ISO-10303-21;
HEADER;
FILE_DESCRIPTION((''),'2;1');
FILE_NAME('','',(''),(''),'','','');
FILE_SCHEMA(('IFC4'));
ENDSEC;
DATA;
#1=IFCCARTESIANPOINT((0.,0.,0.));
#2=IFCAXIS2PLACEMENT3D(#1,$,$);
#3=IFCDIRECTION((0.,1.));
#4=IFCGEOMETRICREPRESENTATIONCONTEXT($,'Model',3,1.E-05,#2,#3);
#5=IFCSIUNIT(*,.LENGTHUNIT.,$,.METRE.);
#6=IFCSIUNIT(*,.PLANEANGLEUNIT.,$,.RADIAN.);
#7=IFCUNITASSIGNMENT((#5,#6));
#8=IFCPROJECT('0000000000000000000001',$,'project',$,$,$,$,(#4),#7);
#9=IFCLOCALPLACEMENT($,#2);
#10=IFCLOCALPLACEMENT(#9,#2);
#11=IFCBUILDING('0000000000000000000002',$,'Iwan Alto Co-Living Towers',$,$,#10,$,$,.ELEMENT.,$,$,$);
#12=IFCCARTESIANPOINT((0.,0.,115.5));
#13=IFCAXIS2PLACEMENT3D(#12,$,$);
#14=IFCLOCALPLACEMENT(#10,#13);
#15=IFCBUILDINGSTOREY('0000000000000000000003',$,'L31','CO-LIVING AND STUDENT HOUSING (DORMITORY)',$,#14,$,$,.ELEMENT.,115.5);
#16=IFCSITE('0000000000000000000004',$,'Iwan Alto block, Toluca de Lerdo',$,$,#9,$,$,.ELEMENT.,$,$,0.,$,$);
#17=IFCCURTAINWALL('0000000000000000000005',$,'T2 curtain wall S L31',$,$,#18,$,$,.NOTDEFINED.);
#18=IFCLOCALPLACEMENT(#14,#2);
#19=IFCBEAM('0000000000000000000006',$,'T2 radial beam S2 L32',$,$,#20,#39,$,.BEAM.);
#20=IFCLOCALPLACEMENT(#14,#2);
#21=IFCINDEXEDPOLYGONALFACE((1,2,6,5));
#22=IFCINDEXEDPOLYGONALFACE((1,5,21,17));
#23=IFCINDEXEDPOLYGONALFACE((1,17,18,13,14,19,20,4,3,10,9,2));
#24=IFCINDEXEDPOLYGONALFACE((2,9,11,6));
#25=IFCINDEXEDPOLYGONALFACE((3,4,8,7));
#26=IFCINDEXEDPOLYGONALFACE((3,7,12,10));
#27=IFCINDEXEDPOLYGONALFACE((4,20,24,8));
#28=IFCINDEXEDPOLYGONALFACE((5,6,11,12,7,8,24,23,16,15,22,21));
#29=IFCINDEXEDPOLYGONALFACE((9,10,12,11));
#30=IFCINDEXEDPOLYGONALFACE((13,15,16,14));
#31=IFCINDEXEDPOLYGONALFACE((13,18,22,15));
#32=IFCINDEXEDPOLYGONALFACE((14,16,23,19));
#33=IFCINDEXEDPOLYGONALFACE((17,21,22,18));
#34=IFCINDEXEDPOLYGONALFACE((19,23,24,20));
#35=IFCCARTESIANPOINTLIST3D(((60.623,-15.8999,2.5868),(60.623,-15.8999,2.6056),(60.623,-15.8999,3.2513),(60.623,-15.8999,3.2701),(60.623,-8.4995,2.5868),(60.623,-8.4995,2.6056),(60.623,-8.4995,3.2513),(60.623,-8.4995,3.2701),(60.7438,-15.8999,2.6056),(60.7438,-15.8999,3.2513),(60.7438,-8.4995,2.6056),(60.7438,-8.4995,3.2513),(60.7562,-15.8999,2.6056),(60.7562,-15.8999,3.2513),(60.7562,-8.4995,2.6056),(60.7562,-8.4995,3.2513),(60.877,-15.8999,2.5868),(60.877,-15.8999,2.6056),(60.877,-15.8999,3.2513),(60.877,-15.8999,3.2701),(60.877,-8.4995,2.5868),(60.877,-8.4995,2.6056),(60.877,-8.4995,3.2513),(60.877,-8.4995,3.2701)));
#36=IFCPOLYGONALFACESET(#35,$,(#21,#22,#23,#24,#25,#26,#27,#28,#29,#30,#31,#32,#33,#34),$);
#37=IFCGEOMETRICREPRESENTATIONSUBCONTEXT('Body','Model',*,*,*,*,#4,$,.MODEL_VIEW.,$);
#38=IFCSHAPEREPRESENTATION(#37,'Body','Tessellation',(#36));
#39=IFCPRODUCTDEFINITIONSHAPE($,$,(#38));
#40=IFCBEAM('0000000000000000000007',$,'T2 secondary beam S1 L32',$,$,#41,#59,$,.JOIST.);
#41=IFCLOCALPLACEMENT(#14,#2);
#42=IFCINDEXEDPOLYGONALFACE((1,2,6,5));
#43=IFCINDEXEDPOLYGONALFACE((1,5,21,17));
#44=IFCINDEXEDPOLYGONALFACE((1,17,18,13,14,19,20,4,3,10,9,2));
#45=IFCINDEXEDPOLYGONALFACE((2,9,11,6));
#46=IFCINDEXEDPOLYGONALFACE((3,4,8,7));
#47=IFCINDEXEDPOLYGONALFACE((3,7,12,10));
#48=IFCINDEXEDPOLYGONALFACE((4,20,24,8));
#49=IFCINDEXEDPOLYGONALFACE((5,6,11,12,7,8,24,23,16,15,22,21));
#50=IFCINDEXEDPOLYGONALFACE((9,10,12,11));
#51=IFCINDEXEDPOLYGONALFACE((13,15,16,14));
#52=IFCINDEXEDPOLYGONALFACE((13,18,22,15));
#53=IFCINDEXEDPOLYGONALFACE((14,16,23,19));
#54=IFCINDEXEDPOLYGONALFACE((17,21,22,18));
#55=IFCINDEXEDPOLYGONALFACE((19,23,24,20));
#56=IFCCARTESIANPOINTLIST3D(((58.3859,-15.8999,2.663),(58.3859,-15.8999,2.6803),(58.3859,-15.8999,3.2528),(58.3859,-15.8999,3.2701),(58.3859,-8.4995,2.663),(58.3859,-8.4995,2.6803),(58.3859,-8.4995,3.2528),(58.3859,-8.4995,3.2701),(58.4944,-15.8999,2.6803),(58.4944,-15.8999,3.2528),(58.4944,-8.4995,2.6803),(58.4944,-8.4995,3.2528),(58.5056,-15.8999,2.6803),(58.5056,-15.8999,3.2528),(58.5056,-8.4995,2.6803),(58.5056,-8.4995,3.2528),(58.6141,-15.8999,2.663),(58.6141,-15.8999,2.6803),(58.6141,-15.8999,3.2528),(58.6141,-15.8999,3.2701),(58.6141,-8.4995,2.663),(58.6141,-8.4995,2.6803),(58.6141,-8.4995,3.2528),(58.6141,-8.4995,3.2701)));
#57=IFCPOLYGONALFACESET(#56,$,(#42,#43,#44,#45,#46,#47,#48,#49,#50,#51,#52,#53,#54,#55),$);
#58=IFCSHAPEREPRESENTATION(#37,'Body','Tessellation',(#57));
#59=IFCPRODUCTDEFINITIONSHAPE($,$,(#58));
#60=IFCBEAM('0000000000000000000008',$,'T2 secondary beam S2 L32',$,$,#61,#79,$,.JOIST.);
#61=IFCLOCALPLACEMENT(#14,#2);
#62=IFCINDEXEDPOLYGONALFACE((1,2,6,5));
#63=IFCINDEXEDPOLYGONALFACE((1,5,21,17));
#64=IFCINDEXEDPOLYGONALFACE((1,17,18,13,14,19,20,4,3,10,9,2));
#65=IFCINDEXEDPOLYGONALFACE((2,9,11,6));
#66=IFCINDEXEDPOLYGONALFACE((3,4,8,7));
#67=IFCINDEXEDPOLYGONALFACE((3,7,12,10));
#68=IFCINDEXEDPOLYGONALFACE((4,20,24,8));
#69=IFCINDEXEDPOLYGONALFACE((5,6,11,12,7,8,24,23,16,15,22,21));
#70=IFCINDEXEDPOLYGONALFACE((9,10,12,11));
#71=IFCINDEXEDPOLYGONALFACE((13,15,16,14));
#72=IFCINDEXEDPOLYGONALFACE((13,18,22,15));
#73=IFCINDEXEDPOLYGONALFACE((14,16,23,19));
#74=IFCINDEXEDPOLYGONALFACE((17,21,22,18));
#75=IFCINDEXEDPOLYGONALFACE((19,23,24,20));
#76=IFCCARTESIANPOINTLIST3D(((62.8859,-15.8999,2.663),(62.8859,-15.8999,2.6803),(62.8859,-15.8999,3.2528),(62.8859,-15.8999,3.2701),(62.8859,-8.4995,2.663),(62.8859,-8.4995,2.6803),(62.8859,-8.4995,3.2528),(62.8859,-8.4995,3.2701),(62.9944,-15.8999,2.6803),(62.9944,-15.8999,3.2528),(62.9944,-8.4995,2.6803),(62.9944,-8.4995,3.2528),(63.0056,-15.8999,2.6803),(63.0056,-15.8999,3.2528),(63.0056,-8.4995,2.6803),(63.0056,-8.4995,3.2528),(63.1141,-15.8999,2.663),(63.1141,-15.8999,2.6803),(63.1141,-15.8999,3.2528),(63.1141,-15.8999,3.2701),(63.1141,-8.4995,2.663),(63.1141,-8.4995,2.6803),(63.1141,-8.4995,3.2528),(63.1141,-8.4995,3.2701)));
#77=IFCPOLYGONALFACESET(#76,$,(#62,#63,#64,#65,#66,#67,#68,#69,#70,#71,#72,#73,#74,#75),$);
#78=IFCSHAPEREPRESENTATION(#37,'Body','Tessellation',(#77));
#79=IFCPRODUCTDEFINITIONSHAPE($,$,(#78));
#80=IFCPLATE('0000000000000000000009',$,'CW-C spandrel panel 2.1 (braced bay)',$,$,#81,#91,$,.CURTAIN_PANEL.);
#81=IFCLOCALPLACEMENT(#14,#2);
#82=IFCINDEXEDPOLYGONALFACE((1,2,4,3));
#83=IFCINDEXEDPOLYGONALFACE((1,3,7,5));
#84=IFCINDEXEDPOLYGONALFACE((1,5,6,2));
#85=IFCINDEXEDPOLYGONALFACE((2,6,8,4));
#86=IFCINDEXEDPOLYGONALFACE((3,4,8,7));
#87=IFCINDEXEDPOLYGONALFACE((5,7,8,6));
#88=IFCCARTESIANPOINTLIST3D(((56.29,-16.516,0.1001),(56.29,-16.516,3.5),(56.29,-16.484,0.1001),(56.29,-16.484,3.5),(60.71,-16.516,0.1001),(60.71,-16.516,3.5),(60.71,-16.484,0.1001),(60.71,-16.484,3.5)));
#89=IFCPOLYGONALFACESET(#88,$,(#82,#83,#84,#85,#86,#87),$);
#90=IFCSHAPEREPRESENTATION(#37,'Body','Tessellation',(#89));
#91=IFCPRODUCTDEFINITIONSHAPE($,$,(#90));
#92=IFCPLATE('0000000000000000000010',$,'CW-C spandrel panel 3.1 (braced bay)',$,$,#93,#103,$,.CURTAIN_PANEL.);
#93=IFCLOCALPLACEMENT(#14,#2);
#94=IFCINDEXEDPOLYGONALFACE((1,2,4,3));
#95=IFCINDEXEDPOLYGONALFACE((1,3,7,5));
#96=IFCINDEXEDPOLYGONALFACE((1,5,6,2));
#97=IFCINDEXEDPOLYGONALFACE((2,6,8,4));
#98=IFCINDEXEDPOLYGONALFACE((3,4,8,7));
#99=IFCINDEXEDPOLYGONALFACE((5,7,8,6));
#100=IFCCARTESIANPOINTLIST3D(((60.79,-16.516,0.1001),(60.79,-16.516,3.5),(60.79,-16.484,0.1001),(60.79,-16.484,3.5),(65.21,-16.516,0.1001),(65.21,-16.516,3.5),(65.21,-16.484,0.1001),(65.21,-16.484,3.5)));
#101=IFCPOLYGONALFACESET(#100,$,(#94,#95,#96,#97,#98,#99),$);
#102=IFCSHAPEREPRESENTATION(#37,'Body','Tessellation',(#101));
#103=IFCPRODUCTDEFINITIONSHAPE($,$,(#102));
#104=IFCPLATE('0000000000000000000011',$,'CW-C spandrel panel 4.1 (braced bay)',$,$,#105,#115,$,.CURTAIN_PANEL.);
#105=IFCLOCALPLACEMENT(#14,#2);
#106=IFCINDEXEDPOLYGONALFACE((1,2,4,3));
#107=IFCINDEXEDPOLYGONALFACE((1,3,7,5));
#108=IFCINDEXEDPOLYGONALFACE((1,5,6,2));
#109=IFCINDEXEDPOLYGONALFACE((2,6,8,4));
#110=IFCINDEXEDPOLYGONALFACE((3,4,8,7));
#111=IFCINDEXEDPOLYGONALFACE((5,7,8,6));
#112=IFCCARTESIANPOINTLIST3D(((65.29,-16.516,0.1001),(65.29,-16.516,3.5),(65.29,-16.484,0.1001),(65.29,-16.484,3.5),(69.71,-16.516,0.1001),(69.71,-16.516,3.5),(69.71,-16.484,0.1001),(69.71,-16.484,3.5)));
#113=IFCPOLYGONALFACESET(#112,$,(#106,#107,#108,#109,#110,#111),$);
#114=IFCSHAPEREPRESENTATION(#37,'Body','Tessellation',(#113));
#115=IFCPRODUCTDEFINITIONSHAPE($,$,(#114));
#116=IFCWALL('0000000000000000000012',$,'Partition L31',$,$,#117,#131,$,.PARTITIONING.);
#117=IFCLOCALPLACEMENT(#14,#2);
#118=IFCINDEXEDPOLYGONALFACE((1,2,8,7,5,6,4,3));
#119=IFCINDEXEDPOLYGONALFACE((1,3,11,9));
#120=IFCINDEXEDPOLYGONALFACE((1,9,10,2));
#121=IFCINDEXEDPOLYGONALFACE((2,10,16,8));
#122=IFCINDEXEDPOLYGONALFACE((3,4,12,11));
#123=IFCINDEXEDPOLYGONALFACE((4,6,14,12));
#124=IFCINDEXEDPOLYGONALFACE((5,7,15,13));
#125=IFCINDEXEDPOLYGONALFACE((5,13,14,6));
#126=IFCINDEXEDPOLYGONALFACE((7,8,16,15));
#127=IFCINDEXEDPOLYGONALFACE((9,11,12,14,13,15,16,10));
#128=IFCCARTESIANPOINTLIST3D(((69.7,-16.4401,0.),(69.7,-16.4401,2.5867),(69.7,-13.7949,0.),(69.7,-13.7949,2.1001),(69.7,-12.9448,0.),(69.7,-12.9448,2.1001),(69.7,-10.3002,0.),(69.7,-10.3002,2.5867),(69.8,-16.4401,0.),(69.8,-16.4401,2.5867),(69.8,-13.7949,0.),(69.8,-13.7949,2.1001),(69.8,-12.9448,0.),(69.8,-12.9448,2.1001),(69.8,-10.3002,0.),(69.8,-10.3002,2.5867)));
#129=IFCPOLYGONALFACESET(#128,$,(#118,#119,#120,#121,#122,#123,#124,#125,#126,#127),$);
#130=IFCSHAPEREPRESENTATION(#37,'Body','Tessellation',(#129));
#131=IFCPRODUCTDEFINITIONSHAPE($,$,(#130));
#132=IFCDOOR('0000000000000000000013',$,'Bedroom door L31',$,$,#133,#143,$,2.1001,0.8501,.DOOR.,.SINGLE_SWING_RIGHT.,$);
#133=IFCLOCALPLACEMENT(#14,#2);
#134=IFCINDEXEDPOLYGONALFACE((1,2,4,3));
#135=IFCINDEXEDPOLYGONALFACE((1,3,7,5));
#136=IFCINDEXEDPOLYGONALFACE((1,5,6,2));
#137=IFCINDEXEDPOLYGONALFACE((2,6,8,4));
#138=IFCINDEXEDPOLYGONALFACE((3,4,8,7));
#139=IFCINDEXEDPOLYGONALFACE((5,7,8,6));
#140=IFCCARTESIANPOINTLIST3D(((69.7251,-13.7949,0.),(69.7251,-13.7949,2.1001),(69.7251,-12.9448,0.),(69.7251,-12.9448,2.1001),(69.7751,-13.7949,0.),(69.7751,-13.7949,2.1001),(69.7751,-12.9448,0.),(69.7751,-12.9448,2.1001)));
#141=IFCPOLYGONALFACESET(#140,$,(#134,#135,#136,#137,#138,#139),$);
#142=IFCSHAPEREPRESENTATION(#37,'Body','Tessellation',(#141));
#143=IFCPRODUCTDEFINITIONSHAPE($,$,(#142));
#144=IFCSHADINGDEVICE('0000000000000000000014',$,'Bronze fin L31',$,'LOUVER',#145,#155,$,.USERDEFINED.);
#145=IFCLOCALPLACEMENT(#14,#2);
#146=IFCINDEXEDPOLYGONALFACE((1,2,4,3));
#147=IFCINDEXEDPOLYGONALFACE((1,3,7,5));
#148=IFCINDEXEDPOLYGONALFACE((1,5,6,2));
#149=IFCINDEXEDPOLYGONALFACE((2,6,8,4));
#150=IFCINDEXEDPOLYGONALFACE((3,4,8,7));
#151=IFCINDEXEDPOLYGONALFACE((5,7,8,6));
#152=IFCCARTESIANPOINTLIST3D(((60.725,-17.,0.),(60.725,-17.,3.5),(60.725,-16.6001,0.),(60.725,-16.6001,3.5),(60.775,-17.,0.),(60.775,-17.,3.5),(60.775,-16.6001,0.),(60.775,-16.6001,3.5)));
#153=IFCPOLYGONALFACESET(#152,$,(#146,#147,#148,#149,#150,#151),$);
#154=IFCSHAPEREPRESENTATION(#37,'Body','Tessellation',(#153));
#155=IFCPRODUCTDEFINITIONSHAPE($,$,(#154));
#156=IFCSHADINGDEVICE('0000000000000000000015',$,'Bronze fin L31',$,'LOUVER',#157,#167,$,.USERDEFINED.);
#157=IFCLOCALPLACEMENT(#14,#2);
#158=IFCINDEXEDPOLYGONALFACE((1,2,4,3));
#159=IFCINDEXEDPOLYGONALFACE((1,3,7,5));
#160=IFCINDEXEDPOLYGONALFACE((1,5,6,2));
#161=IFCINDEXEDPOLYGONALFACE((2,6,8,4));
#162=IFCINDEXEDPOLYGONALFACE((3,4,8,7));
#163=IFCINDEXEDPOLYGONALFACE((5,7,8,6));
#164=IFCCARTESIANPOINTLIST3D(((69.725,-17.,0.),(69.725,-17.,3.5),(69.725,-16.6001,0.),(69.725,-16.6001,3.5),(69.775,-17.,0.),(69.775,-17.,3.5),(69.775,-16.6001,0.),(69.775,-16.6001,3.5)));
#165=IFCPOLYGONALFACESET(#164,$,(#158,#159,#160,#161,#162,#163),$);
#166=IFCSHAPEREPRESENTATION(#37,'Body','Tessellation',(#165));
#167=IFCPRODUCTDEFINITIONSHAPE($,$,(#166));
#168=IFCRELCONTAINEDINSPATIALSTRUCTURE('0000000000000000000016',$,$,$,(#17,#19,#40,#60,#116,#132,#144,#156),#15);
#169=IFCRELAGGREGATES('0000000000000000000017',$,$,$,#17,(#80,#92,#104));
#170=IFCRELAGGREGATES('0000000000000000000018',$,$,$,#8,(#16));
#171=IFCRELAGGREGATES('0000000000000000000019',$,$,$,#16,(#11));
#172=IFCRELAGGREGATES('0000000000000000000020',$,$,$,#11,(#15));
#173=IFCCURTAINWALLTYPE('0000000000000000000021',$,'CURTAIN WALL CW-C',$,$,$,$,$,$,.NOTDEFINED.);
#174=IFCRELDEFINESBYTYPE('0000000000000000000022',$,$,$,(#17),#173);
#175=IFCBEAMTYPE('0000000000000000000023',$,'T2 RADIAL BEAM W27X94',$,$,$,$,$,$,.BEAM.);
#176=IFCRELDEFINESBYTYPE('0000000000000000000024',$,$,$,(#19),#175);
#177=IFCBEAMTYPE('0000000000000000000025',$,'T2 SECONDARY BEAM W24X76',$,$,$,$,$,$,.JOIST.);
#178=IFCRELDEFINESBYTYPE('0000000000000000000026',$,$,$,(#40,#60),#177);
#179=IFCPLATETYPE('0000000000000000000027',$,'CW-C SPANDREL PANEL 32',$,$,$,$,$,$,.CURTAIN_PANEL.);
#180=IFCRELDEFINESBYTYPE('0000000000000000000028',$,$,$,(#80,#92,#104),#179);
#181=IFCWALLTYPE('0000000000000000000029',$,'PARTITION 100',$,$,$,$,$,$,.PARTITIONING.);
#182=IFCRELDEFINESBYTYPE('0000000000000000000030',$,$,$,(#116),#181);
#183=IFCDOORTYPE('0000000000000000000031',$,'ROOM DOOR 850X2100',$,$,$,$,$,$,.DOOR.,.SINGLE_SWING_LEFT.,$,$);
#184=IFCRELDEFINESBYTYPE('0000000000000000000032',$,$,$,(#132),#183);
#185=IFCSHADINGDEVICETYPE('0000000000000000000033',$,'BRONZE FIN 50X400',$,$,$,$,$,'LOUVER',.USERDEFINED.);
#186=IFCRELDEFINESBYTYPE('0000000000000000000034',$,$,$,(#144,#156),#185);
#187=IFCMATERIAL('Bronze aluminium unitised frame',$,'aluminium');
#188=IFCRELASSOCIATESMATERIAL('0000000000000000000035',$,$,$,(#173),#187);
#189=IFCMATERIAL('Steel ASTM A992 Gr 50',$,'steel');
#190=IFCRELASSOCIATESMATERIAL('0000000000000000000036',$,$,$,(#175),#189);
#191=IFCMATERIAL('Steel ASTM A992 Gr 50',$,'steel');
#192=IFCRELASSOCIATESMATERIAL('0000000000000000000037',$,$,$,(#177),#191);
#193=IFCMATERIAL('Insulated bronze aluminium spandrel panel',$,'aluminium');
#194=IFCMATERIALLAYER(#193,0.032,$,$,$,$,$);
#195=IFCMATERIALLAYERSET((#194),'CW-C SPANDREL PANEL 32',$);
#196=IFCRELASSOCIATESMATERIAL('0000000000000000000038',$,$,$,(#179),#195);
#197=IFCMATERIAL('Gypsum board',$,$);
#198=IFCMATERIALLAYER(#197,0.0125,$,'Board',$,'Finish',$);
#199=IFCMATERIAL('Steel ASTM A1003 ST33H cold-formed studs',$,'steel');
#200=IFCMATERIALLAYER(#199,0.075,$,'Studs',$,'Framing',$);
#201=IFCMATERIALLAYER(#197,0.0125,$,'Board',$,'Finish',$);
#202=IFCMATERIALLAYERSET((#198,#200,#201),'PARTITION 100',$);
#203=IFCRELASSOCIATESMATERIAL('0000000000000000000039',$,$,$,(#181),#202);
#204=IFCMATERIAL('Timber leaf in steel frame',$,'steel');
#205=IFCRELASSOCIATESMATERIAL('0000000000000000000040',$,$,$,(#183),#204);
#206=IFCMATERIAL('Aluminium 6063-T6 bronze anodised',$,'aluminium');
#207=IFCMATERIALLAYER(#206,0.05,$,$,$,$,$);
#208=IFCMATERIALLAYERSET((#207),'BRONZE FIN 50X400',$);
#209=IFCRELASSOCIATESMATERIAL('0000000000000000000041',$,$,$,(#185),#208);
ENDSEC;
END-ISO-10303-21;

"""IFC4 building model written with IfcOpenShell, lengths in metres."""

from ifc_helpers import new_model, si_unit, direction, frame, frame_2d, origin, origin_2d, place, context, subcontext, project, spatial, rectangle, i_section, extrude, material, layer, layer_set, material_profile, profile_set, type_object, element, fill, aggregate, save


model = new_model("IFC4")

# Units and contexts
model_context = context("Model", 3, precision=1e-05, world=origin(), true_north=direction((0.0, 1.0)))
body_context = subcontext(model_context, "Body", "Model", "MODEL_VIEW")
ifc_project = project(units=[si_unit("LENGTHUNIT", "METRE"), si_unit("PLANEANGLEUNIT", "RADIAN")], contexts=[model_context])

# Site, building, storey
site_placement = place(None, origin())
site = spatial("IfcSite", under=ifc_project, at=site_placement, Name="Iwan Alto block, Toluca de Lerdo", CompositionType="ELEMENT", RefElevation=0.0)
building_placement = place(site_placement, origin())
building = spatial("IfcBuilding", under=site, at=building_placement, Name="Iwan Alto Co-Living Towers", CompositionType="ELEMENT")
storey_placement = place(building_placement, frame((0.0, 0.0, 115.5)))
storey = spatial("IfcBuildingStorey", under=building, at=storey_placement, Name="L31", Description="CO-LIVING AND STUDENT HOUSING (DORMITORY)", CompositionType="ELEMENT", Elevation=115.5)

# Curtain wall
ifc_material_1 = material(Name="Bronze aluminium unitised frame", Category="aluminium")
curtain_wall_type = type_object("IfcCurtainWallType", Name="CURTAIN WALL CW-C", PredefinedType="NOTDEFINED", material=ifc_material_1)
curtain_wall_placement = place(storey_placement, origin())
curtain_wall = element("IfcCurtainWall", 1, at=curtain_wall_placement, inside=storey, type_object=curtain_wall_type, Name="T2 curtain wall S L31", PredefinedType="NOTDEFINED")

# Beams
ifc_material_2 = material(Name="Steel ASTM A992 Gr 50", Category="steel")
ifc_material_profile_1 = material_profile(ifc_material_2, i_section(OverallWidth=0.2539, OverallDepth=0.6833, WebThickness=0.0125, FlangeThickness=0.0188, at=origin_2d()), Name="W27X94")
ifc_profile_set_1 = profile_set([ifc_material_profile_1], Name="Steel ASTM A992 Gr 50")
beam_type_1 = type_object("IfcBeamType", Name="T2 RADIAL BEAM W27X94", PredefinedType="BEAM", material=ifc_profile_set_1)
beam_placement = place(storey_placement, frame((60.75, -15.8999, 2.9285), z_axis=(0.0, 1.0, 0.0), x_axis=(-1.0, 0.0, 0.0)))
element("IfcBeam", 2, at=beam_placement, inside=storey, type_object=beam_type_1, Name="T2 radial beam S2 L32", PredefinedType="BEAM", context=body_context, shape_type="SweptSolid", body=[
    extrude(i_section(OverallWidth=0.2539, OverallDepth=0.6833, WebThickness=0.0125, FlangeThickness=0.0188, at=origin_2d()), origin(), (0.0, 0.0, 1.0), 7.4004),
])
ifc_material_3 = material(Name="Steel ASTM A992 Gr 50", Category="steel")
ifc_material_profile_2 = material_profile(ifc_material_3, i_section(OverallWidth=0.2283, OverallDepth=0.6072, WebThickness=0.0112, FlangeThickness=0.0173, at=origin_2d()), Name="W24X76")
ifc_profile_set_2 = profile_set([ifc_material_profile_2], Name="Steel ASTM A992 Gr 50")
beam_type_2 = type_object("IfcBeamType", Name="T2 SECONDARY BEAM W24X76", PredefinedType="JOIST", material=ifc_profile_set_2)
for number, where, z_axis, x_axis, name in (
    (3, (58.5, -15.8999, 2.9666), (0.0, 1.0, 0.0), (-1.0, 0.0, 0.0), "T2 secondary beam S1 L32"),
    (4, (63.0, -15.8999, 2.9666), (0.0, 1.0, 0.0), (-1.0, 0.0, 0.0), "T2 secondary beam S2 L32"),
):
    element("IfcBeam", number, at=place(storey_placement, frame(where, z_axis=z_axis, x_axis=x_axis)), inside=storey, type_object=beam_type_2, Name=name, PredefinedType="JOIST", context=body_context, shape_type="SweptSolid", body=[
        extrude(i_section(OverallWidth=0.2283, OverallDepth=0.6072, WebThickness=0.0112, FlangeThickness=0.0173, at=origin_2d()), origin(), (0.0, 0.0, 1.0), 7.4004),
    ])

# Plates
ifc_material_4 = material(Name="Insulated bronze aluminium spandrel panel", Category="aluminium")
ifc_layer_1 = layer(ifc_material_4, 0.032)
ifc_layer_set_1 = layer_set([ifc_layer_1], Name="CW-C SPANDREL PANEL 32")
plate_type = type_object("IfcPlateType", Name="CW-C SPANDREL PANEL 32", PredefinedType="CURTAIN_PANEL", material=ifc_layer_set_1)
plate_1_placement = place(storey_placement, frame((58.5, -16.5, 0.1001), z_axis=(0.0, 0.0, 1.0), x_axis=(1.0, 0.0, 0.0)))
plate_1 = element("IfcPlate", 5, at=plate_1_placement, type_object=plate_type, Name="CW-C spandrel panel 2.1 (braced bay)", PredefinedType="CURTAIN_PANEL", context=body_context, shape_type="SweptSolid", body=[
    extrude(rectangle(XDim=4.4199, YDim=0.032, at=origin_2d()), origin(), (0.0, 0.0, 1.0), 3.3999),
])
plate_2_placement = place(storey_placement, frame((63.0, -16.5, 0.1001), z_axis=(0.0, 0.0, 1.0), x_axis=(1.0, 0.0, 0.0)))
plate_2 = element("IfcPlate", 6, at=plate_2_placement, type_object=plate_type, Name="CW-C spandrel panel 3.1 (braced bay)", PredefinedType="CURTAIN_PANEL", context=body_context, shape_type="SweptSolid", body=[
    extrude(rectangle(XDim=4.4199, YDim=0.032, at=origin_2d()), origin(), (0.0, 0.0, 1.0), 3.3999),
])
plate_3_placement = place(storey_placement, frame((67.5, -16.5, 0.1001), z_axis=(0.0, 0.0, 1.0), x_axis=(1.0, 0.0, 0.0)))
plate_3 = element("IfcPlate", 7, at=plate_3_placement, type_object=plate_type, Name="CW-C spandrel panel 4.1 (braced bay)", PredefinedType="CURTAIN_PANEL", context=body_context, shape_type="SweptSolid", body=[
    extrude(rectangle(XDim=4.4199, YDim=0.032, at=origin_2d()), origin(), (0.0, 0.0, 1.0), 3.3999),
])
aggregate(curtain_wall, [plate_1, plate_2, plate_3])

# Wall, opening, door
ifc_material_5 = material(Name="Gypsum board")
ifc_layer_2 = layer(ifc_material_5, 0.0125, Name="Board", Category="Finish")
ifc_material_6 = material(Name="Steel ASTM A1003 ST33H cold-formed studs", Category="steel")
ifc_layer_3 = layer(ifc_material_6, 0.075, Name="Studs", Category="Framing")
ifc_layer_4 = layer(ifc_material_5, 0.0125, Name="Board", Category="Finish")
ifc_layer_set_2 = layer_set([ifc_layer_2, ifc_layer_3, ifc_layer_4], Name="PARTITION 100")
wall_type = type_object("IfcWallType", Name="PARTITION 100", PredefinedType="PARTITIONING", material=ifc_layer_set_2)
wall_placement = place(storey_placement, frame((69.75, -16.4399, 0.0), z_axis=(0.0, 0.0, 1.0), x_axis=(0.0, 1.0, 0.0)))
wall = element("IfcWall", 8, at=wall_placement, inside=storey, type_object=wall_type, Name="Partition L31", PredefinedType="PARTITIONING", context=body_context, shape_type="SweptSolid", body=[
    extrude(rectangle(XDim=6.1399, YDim=0.1001, at=frame_2d((3.0698, 0.0))), origin(), (0.0, 0.0, 1.0), 2.5867),
])
opening_placement = place(wall_placement, frame((2.645, 0.0, 0.0)))
opening = element("IfcOpeningElement", 9, at=opening_placement, cuts=wall, PredefinedType="OPENING", context=body_context, shape_type="SweptSolid", body=[
    extrude(rectangle(XDim=0.8501, YDim=2.1001, at=frame_2d((0.425, 1.05))), frame((0.0, 0.0601, 0.0), z_axis=(0.0, -1.0, 0.0), x_axis=(1.0, 0.0, 0.0)), (0.0, 0.0, 1.0), 0.1201),
])
ifc_material_7 = material(Name="Timber leaf in steel frame", Category="steel")
door_type = type_object("IfcDoorType", Name="ROOM DOOR 850X2100", OperationType="SINGLE_SWING_LEFT", PredefinedType="DOOR", material=ifc_material_7)
door_placement = place(opening_placement, origin())
door = element("IfcDoor", 10, at=door_placement, inside=storey, type_object=door_type, Name="Bedroom door L31", OperationType="SINGLE_SWING_RIGHT", OverallHeight=2.1001, OverallWidth=0.8501, PredefinedType="DOOR", context=body_context, shape_type="SweptSolid", body=[
    extrude(rectangle(XDim=0.8501, YDim=2.1001, at=frame_2d((0.425, 1.05))), frame((0.0, 0.0249, 0.0), z_axis=(0.0, -1.0, 0.0), x_axis=(1.0, 0.0, 0.0)), (0.0, 0.0, 1.0), 0.05),
])
fill(opening, door)

# Shading devices
ifc_material_8 = material(Name="Aluminium 6063-T6 bronze anodised", Category="aluminium")
ifc_layer_5 = layer(ifc_material_8, 0.05)
ifc_layer_set_3 = layer_set([ifc_layer_5], Name="BRONZE FIN 50X400")
shading_device_type = type_object("IfcShadingDeviceType", Name="BRONZE FIN 50X400", ElementType="LOUVER", PredefinedType="USERDEFINED", material=ifc_layer_set_3)
for number, where, z_axis, x_axis, name in (
    (11, (60.75, -16.8, 0.0), (0.0, 0.0, 1.0), (1.0, 0.0, 0.0), "Bronze fin L31"),
    (12, (69.75, -16.8, 0.0), (0.0, 0.0, 1.0), (1.0, 0.0, 0.0), "Bronze fin L31"),
):
    element("IfcShadingDevice", number, at=place(storey_placement, frame(where, z_axis=z_axis, x_axis=x_axis)), inside=storey, type_object=shading_device_type, Name=name, ObjectType="LOUVER", PredefinedType="USERDEFINED", context=body_context, shape_type="SweptSolid", body=[
        extrude(rectangle(XDim=0.05, YDim=0.3999, at=origin_2d()), origin(), (0.0, 0.0, 1.0), 3.5),
    ])

save(model, "model.ifc")
